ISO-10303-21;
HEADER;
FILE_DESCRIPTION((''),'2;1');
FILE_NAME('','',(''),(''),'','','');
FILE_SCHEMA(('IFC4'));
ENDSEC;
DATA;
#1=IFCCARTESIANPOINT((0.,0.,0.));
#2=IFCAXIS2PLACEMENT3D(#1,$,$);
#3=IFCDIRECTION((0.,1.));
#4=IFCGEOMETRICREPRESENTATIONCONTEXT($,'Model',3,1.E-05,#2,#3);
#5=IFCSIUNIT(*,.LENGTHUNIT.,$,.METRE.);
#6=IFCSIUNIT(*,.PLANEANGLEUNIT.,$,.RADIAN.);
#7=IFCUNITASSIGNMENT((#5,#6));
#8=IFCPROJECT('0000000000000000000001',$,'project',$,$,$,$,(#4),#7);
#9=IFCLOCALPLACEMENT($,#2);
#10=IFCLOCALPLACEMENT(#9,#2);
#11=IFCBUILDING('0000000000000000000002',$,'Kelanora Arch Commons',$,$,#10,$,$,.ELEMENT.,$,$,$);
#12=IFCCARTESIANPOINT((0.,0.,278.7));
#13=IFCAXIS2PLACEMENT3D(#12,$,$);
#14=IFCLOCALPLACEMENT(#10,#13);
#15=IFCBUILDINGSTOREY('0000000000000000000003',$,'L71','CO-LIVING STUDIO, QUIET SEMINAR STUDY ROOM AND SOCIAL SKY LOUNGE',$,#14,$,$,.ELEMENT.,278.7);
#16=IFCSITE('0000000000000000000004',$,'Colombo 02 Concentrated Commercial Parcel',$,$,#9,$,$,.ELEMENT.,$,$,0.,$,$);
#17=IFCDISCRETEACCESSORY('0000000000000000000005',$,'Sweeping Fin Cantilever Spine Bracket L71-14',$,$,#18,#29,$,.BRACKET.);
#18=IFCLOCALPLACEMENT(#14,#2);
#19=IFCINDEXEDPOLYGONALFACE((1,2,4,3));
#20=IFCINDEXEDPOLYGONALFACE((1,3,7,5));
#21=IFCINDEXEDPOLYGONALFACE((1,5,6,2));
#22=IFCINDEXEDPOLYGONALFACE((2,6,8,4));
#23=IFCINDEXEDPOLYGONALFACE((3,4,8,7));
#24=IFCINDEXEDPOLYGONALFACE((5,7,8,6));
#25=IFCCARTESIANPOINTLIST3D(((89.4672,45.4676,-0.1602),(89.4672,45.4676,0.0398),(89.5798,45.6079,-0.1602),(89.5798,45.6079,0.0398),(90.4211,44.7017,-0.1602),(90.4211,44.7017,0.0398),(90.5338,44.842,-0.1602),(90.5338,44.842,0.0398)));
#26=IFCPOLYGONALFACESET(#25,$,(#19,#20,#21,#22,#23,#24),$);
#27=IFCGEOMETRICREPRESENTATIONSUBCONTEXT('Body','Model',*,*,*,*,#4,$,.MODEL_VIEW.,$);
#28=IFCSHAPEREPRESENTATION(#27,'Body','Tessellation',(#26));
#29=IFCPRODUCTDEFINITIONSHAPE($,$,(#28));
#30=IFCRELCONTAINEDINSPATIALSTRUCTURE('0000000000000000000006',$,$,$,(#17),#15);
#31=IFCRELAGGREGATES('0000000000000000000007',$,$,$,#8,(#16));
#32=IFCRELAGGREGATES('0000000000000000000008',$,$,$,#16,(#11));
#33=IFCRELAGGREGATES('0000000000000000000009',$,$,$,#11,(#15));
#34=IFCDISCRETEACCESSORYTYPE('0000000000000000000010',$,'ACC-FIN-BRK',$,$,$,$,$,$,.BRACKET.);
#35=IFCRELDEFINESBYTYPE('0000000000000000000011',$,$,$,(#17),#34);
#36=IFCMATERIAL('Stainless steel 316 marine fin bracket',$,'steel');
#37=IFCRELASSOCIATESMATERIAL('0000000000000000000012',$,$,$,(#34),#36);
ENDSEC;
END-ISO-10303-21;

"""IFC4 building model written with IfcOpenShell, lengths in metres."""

from ifc_helpers import new_model, si_unit, direction, frame, origin, origin_2d, place, context, subcontext, project, spatial, rectangle, extrude, source, transform, mapped, material, type_object, element, save


model = new_model("IFC4")

# Units and contexts
model_context = context("Model", 3, precision=1e-05, world=origin(), true_north=direction((0.0, 1.0)))
body_context = subcontext(model_context, "Body", "Model", "MODEL_VIEW")
ifc_project = project(units=[si_unit("LENGTHUNIT", "METRE"), si_unit("PLANEANGLEUNIT", "RADIAN")], contexts=[model_context])

# Site, building, storey
site_placement = place(None, origin())
site = spatial("IfcSite", under=ifc_project, at=site_placement, Name="Colombo 02 Concentrated Commercial Parcel", CompositionType="ELEMENT", RefElevation=0.0)
building_placement = place(site_placement, origin())
building = spatial("IfcBuilding", under=site, at=building_placement, Name="Kelanora Arch Commons", CompositionType="ELEMENT")
storey_placement = place(building_placement, frame((0.0, 0.0, 278.7)))
storey = spatial("IfcBuildingStorey", under=building, at=storey_placement, Name="L71", Description="CO-LIVING STUDIO, QUIET SEMINAR STUDY ROOM AND SOCIAL SKY LOUNGE", CompositionType="ELEMENT", Elevation=278.7)

# Discrete accessory
ifc_material_1 = material(Name="Stainless steel 316 marine fin bracket", Category="steel")
discrete_accessory_type = type_object("IfcDiscreteAccessoryType", Name="ACC-FIN-BRK", PredefinedType="BRACKET", material=ifc_material_1)
shared_shape_1 = source(origin(), body_context, "Body", "SweptSolid", [
    extrude(rectangle(XDim=1.2234, YDim=0.1799, at=origin_2d()), origin(), (0.0, 0.0, 1.0), 0.2),
])
for number, where, z_axis, x_axis, name in (
    (1, (90.0005, 45.1548, -0.1602), (0.0, 0.0, 1.0), (0.779775, -0.62606, 0.0), "Sweeping Fin Cantilever Spine Bracket L71-14"),
):
    element("IfcDiscreteAccessory", number, at=place(storey_placement, frame(where, z_axis=z_axis, x_axis=x_axis)), inside=storey, type_object=discrete_accessory_type, Name=name, PredefinedType="BRACKET", context=body_context, shape_type="MappedRepresentation", body=[
        mapped(shared_shape_1, transform((0.0, 0.0, 0.0), scale=1.0)),
    ])

save(model, "model.ifc")
